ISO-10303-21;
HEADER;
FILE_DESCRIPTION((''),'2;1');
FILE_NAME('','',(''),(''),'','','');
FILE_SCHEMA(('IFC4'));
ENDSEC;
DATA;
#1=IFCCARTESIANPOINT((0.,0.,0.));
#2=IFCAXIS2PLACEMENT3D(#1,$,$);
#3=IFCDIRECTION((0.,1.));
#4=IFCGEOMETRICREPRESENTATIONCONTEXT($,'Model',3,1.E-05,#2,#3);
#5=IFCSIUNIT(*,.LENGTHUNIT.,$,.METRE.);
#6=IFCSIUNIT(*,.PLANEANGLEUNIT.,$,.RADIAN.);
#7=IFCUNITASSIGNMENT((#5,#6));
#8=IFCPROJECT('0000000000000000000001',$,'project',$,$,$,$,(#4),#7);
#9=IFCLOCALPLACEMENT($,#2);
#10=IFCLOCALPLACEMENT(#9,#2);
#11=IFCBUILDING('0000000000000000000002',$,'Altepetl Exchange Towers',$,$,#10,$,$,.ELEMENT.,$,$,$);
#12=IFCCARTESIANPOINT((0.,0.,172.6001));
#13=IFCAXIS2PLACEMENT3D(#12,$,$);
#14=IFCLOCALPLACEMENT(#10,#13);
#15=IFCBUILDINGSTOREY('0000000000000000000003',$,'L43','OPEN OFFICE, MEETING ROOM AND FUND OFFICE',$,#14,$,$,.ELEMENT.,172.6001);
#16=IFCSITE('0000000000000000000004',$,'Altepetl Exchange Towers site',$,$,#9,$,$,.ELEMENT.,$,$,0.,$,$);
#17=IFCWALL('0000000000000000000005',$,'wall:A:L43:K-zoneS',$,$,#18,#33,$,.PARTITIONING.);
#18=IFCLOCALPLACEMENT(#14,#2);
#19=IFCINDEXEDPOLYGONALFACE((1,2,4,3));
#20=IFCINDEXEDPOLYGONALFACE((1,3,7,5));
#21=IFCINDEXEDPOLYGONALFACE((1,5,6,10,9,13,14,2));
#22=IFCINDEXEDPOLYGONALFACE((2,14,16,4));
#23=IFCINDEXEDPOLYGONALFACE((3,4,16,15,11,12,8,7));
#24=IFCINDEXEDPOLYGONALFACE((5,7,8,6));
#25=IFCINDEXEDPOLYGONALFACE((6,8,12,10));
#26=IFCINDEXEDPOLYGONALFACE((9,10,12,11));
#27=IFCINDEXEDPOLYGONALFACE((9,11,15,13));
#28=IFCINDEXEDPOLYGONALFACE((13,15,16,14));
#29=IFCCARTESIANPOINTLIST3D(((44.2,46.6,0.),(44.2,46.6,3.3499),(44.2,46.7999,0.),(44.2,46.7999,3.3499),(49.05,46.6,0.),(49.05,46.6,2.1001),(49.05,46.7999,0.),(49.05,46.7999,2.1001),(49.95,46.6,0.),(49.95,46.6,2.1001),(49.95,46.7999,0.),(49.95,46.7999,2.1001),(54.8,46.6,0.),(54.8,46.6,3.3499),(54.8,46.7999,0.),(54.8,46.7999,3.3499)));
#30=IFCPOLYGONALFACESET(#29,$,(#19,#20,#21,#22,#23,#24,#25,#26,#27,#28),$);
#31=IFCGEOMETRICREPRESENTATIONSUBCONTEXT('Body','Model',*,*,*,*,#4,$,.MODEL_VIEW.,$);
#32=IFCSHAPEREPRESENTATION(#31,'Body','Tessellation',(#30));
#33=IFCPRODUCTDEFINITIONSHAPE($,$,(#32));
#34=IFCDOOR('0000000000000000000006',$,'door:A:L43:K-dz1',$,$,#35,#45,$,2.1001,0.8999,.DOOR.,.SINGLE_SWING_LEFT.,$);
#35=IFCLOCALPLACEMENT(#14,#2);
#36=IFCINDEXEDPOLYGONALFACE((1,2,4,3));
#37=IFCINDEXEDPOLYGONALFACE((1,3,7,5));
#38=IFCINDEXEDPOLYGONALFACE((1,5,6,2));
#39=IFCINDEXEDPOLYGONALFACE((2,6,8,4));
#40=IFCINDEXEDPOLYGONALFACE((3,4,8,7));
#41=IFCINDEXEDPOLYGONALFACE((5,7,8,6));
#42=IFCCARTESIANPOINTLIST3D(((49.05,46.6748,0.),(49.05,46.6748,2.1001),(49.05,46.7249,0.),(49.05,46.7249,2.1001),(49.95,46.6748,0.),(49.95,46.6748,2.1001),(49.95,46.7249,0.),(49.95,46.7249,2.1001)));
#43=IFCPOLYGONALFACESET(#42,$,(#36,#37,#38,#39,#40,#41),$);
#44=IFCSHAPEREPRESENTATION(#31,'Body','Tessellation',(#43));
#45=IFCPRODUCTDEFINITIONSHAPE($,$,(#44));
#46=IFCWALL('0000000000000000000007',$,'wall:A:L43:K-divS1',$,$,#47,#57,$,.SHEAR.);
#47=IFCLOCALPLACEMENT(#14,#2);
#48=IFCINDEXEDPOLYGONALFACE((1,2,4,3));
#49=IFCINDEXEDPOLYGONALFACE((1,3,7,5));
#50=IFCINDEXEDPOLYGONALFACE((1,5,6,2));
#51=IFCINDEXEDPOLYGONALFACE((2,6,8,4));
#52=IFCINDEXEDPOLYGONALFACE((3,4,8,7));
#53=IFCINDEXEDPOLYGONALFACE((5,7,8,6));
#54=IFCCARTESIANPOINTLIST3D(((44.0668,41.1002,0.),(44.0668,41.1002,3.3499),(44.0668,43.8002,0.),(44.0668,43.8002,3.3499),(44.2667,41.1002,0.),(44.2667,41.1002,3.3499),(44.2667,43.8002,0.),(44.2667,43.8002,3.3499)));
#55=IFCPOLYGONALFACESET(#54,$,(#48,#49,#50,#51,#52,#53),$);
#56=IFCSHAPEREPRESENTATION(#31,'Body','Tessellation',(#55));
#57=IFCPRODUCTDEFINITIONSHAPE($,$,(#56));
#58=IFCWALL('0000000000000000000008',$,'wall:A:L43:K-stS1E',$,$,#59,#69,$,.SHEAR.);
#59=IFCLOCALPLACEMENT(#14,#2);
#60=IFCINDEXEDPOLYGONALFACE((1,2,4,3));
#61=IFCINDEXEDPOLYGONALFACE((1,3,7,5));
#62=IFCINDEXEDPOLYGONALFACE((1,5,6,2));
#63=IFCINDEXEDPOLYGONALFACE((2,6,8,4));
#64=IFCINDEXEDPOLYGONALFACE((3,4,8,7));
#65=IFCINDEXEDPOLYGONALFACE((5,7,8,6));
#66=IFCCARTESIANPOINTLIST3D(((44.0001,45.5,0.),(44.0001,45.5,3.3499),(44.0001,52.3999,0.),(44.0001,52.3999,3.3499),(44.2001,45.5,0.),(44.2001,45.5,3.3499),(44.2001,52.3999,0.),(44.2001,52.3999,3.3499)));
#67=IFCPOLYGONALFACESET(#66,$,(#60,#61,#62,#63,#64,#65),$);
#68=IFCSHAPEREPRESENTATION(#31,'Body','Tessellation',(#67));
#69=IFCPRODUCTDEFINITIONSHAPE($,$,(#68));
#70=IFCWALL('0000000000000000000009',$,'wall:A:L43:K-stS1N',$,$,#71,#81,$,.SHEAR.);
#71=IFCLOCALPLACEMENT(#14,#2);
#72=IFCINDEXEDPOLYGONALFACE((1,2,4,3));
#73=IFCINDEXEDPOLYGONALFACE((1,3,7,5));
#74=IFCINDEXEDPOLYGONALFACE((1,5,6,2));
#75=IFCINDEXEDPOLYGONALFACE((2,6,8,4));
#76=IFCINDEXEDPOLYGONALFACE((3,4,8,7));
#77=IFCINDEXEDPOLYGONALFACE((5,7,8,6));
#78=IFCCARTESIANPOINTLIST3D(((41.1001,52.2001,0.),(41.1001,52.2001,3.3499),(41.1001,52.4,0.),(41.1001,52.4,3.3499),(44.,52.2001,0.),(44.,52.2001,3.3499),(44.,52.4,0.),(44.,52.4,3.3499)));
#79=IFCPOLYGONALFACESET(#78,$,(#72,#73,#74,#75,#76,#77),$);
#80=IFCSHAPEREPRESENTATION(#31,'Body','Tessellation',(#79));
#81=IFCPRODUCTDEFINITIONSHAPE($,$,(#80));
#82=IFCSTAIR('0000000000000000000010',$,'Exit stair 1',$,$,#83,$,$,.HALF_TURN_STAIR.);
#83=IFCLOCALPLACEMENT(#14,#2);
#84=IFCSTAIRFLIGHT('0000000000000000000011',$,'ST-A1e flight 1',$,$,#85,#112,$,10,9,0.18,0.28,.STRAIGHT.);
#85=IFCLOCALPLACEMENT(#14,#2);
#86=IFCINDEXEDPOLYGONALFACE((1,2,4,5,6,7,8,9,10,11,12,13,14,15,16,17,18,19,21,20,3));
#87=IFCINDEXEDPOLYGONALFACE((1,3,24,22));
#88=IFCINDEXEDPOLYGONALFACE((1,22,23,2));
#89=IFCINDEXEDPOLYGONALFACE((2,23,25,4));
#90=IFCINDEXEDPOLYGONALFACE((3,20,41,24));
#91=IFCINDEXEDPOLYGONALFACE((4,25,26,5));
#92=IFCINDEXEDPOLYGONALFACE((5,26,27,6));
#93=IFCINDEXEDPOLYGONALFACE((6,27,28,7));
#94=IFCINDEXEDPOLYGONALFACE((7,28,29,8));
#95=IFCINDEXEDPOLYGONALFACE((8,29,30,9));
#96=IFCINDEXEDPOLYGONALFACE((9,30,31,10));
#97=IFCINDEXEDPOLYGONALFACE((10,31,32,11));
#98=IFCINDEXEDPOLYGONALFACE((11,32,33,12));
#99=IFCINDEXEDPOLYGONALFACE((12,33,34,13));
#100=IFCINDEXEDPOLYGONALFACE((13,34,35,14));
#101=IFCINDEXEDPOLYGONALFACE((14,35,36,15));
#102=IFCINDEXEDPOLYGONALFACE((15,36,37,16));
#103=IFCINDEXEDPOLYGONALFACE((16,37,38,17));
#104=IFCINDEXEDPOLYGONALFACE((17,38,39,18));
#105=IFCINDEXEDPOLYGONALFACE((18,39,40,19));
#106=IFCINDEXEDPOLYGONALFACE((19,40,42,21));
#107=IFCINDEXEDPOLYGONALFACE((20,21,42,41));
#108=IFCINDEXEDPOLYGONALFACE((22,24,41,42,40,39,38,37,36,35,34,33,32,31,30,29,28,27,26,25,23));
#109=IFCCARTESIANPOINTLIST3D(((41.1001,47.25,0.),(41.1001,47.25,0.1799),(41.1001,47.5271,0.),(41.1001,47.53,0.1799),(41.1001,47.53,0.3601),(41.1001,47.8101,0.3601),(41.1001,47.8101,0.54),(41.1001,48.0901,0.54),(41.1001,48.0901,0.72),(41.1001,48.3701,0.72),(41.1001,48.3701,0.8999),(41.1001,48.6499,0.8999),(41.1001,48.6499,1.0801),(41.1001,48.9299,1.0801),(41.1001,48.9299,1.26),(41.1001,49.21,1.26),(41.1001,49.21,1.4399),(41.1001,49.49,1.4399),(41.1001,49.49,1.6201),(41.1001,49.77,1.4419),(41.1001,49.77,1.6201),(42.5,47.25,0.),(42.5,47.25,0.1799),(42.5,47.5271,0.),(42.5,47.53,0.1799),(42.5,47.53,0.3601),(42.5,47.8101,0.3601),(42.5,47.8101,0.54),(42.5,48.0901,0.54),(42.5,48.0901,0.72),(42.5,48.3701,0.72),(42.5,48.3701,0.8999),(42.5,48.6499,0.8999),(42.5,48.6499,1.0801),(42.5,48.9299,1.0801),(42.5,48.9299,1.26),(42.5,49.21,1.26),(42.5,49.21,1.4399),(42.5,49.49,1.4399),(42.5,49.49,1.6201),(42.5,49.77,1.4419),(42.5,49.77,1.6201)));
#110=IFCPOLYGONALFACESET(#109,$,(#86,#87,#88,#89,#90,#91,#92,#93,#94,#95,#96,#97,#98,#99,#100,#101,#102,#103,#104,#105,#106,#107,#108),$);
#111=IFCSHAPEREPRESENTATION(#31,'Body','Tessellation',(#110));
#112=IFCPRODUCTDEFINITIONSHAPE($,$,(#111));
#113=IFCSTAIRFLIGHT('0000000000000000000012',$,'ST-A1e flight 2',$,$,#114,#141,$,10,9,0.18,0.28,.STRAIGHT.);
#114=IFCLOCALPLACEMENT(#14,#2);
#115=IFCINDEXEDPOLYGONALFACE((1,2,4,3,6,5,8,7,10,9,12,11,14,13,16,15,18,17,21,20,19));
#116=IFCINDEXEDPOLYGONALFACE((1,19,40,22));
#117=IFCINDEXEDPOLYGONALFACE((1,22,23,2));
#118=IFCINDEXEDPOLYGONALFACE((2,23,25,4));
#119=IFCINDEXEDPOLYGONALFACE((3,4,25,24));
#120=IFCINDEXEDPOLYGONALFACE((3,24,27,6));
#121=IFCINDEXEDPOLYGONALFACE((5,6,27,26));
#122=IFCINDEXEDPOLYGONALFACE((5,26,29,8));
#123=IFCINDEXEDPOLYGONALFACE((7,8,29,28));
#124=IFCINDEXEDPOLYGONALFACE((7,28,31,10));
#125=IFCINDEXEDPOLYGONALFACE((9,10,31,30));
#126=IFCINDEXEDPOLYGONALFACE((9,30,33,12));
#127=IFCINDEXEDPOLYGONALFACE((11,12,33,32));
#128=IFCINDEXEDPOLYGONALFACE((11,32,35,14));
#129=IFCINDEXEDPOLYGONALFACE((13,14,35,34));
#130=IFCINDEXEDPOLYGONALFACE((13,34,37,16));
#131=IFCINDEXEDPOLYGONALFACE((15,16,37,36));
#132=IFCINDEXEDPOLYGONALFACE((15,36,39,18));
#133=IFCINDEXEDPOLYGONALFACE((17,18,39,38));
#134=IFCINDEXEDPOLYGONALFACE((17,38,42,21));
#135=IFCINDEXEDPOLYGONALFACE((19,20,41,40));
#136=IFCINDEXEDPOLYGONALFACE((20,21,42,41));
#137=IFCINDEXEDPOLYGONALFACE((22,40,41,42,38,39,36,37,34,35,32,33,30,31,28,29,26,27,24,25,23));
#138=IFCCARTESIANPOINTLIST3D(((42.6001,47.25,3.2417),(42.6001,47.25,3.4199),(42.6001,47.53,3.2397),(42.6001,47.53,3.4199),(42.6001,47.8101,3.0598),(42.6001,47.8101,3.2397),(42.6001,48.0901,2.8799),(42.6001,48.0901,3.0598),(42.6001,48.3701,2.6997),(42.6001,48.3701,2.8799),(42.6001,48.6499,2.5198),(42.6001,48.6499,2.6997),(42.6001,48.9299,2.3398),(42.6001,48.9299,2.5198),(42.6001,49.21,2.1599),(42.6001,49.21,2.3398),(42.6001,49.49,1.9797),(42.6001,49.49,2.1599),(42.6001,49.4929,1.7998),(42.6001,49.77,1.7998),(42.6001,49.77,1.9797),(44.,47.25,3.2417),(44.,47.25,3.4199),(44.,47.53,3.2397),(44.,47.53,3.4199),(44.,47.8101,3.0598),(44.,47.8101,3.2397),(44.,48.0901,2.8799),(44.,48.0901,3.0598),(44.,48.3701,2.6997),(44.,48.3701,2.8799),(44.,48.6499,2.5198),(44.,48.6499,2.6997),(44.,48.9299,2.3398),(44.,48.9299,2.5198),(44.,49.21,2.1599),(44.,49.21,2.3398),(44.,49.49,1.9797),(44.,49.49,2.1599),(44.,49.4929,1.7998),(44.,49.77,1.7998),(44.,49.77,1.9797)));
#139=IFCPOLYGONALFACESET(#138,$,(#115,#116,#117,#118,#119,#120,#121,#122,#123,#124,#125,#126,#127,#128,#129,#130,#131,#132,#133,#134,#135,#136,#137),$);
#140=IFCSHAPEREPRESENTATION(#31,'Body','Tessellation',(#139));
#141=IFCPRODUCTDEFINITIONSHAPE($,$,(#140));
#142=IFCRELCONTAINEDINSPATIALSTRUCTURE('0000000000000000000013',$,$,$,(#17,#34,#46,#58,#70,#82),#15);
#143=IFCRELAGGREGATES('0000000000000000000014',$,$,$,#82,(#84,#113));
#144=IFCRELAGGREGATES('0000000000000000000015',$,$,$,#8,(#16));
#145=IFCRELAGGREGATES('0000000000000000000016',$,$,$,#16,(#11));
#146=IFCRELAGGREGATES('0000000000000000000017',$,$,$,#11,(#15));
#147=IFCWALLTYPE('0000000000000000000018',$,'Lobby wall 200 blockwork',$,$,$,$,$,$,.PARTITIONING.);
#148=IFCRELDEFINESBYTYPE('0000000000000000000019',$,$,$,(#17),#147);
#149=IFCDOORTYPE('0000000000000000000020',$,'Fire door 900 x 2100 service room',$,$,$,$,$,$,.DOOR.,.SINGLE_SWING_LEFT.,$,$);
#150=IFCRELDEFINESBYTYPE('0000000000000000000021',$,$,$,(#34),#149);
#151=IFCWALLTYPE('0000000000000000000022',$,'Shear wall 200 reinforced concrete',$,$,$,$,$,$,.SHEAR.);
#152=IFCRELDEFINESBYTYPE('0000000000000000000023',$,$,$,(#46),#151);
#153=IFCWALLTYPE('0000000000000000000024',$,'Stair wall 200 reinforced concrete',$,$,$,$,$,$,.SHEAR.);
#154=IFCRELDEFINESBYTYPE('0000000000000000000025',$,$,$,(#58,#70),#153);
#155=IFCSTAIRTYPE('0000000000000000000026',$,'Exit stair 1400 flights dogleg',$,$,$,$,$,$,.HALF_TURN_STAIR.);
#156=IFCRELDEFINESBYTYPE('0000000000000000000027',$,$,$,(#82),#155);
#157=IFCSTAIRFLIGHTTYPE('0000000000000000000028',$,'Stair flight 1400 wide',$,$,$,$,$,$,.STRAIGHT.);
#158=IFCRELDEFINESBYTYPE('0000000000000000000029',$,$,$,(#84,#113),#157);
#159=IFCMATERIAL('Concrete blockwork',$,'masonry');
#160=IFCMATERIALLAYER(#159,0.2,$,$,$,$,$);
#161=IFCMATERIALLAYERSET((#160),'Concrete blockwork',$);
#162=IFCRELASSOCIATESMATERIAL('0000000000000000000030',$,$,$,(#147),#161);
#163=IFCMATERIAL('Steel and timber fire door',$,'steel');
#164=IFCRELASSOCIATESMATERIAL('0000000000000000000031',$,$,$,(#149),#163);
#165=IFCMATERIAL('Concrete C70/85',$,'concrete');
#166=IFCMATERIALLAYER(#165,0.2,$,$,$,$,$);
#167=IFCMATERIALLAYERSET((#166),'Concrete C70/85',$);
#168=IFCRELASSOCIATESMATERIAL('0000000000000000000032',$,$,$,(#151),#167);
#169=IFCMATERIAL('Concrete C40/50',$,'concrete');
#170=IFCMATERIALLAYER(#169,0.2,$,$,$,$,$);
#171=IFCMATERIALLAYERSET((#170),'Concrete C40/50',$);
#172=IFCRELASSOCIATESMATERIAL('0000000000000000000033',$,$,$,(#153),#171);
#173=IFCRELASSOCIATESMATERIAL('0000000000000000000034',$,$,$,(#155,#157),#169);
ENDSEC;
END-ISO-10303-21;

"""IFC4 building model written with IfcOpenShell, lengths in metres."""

from ifc_helpers import new_model, si_unit, direction, frame, frame_2d, origin, place, context, subcontext, project, spatial, polyline, rectangle, outline, extrude, material, layer, layer_set, type_object, element, fill, aggregate, save


model = new_model("IFC4")

# Units and contexts
model_context = context("Model", 3, precision=1e-05, world=origin(), true_north=direction((0.0, 1.0)))
body_context = subcontext(model_context, "Body", "Model", "MODEL_VIEW")
ifc_project = project(units=[si_unit("LENGTHUNIT", "METRE"), si_unit("PLANEANGLEUNIT", "RADIAN")], contexts=[model_context])

# Site, building, storey
site_placement = place(None, origin())
site = spatial("IfcSite", under=ifc_project, at=site_placement, Name="Altepetl Exchange Towers site", CompositionType="ELEMENT", RefElevation=0.0)
building_placement = place(site_placement, origin())
building = spatial("IfcBuilding", under=site, at=building_placement, Name="Altepetl Exchange Towers", CompositionType="ELEMENT")
storey_placement = place(building_placement, frame((0.0, 0.0, 172.6001)))
storey = spatial("IfcBuildingStorey", under=building, at=storey_placement, Name="L43", Description="OPEN OFFICE, MEETING ROOM AND FUND OFFICE", CompositionType="ELEMENT", Elevation=172.6001)

# Shared definitions
ifc_material_1 = material(Name="Concrete blockwork", Category="masonry")
ifc_layer_1 = layer(ifc_material_1, 0.2)
ifc_layer_set_1 = layer_set([ifc_layer_1], Name="Concrete blockwork")
wall_type_1 = type_object("IfcWallType", Name="Lobby wall 200 blockwork", PredefinedType="PARTITIONING", material=ifc_layer_set_1)

# Shared definitions
ifc_material_2 = material(Name="Steel and timber fire door", Category="steel")

# Shared definitions
door_type_1 = type_object("IfcDoorType", Name="Fire door 900 x 2100 service room", OperationType="SINGLE_SWING_LEFT", PredefinedType="DOOR", material=ifc_material_2)

# Wall, opening, door
wall_1_placement = place(storey_placement, frame((44.2, 46.7, 0.0)))
wall_1 = element("IfcWall", 1, at=wall_1_placement, inside=storey, type_object=wall_type_1, Name="wall:A:L43:K-zoneS", PredefinedType="PARTITIONING", context=body_context, shape_type="SweptSolid", body=[
    extrude(rectangle(XDim=10.6001, YDim=0.2, at=frame_2d((5.3, 0.0))), origin(), (0.0, 0.0, 1.0), 3.3499),
])
opening_1_placement = place(wall_1_placement, frame((4.8501, 0.0, 0.0)))
opening_1 = element("IfcOpeningElement", 2, at=opening_1_placement, cuts=wall_1, PredefinedType="OPENING", context=body_context, shape_type="SweptSolid", body=[
    extrude(rectangle(XDim=0.8999, YDim=2.1001, at=frame_2d((0.45, 1.05))), frame((0.0, 0.1099, 0.0), z_axis=(0.0, -1.0, 0.0), x_axis=(1.0, 0.0, 0.0)), (0.0, 0.0, 1.0), 0.22),
])
door_1_placement = place(opening_1_placement, origin())
door_1 = element("IfcDoor", 3, at=door_1_placement, inside=storey, type_object=door_type_1, Name="door:A:L43:K-dz1", OperationType="SINGLE_SWING_LEFT", OverallHeight=2.1001, OverallWidth=0.8999, PredefinedType="DOOR", context=body_context, shape_type="SweptSolid", body=[
    extrude(rectangle(XDim=0.8999, YDim=2.1001, at=frame_2d((0.45, 1.05))), frame((0.0, 0.0249, 0.0), z_axis=(0.0, -1.0, 0.0), x_axis=(1.0, 0.0, 0.0)), (0.0, 0.0, 1.0), 0.05),
])
fill(opening_1, door_1)

# Walls
ifc_material_3 = material(Name="Concrete C70/85", Category="concrete")
ifc_layer_2 = layer(ifc_material_3, 0.2)
ifc_layer_set_2 = layer_set([ifc_layer_2], Name="Concrete C70/85")
wall_type_2 = type_object("IfcWallType", Name="Shear wall 200 reinforced concrete", PredefinedType="SHEAR", material=ifc_layer_set_2)
wall_2_placement = place(storey_placement, frame((44.1667, 41.1001, 0.0), z_axis=(0.0, 0.0, 1.0), x_axis=(0.0, 1.0, 0.0)))
element("IfcWall", 4, at=wall_2_placement, inside=storey, type_object=wall_type_2, Name="wall:A:L43:K-divS1", PredefinedType="SHEAR", context=body_context, shape_type="SweptSolid", body=[
    extrude(rectangle(XDim=2.7, YDim=0.2, at=frame_2d((1.3501, 0.0))), origin(), (0.0, 0.0, 1.0), 3.3499),
])
ifc_material_4 = material(Name="Concrete C40/50", Category="concrete")
ifc_layer_3 = layer(ifc_material_4, 0.2)
ifc_layer_set_3 = layer_set([ifc_layer_3], Name="Concrete C40/50")
wall_type_3 = type_object("IfcWallType", Name="Stair wall 200 reinforced concrete", PredefinedType="SHEAR", material=ifc_layer_set_3)
wall_3_placement = place(storey_placement, frame((44.1001, 45.5, 0.0), z_axis=(0.0, 0.0, 1.0), x_axis=(0.0, 1.0, 0.0)))
element("IfcWall", 5, at=wall_3_placement, inside=storey, type_object=wall_type_3, Name="wall:A:L43:K-stS1E", PredefinedType="SHEAR", context=body_context, shape_type="SweptSolid", body=[
    extrude(rectangle(XDim=6.8999, YDim=0.2, at=frame_2d((3.45, 0.0))), origin(), (0.0, 0.0, 1.0), 3.3499),
])
wall_4_placement = place(storey_placement, frame((41.1001, 52.3, 0.0)))
element("IfcWall", 6, at=wall_4_placement, inside=storey, type_object=wall_type_3, Name="wall:A:L43:K-stS1N", PredefinedType="SHEAR", context=body_context, shape_type="SweptSolid", body=[
    extrude(rectangle(XDim=2.8999, YDim=0.2, at=frame_2d((1.45, 0.0))), origin(), (0.0, 0.0, 1.0), 3.3499),
])

# Stair, stair flights
stair_type = type_object("IfcStairType", Name="Exit stair 1400 flights dogleg", PredefinedType="HALF_TURN_STAIR", material=ifc_material_4)
stair_placement = place(storey_placement, origin())
stair = element("IfcStair", 7, at=stair_placement, inside=storey, type_object=stair_type, Name="Exit stair 1", PredefinedType="HALF_TURN_STAIR")
stair_flight_type = type_object("IfcStairFlightType", Name="Stair flight 1400 wide", PredefinedType="STRAIGHT", material=ifc_material_4)
stair_flight_1_placement = place(storey_placement, frame((41.8, 47.25, 0.0), z_axis=(0.0, 0.0, 1.0), x_axis=(0.0, 1.0, 0.0)))
stair_flight_1 = element("IfcStairFlight", 8, at=stair_flight_1_placement, type_object=stair_flight_type, Name="ST-A1e flight 1", NumberOfRisers=10, NumberOfTreads=9, PredefinedType="STRAIGHT", RiserHeight=0.18, TreadLength=0.28, context=body_context, shape_type="SweptSolid", body=[
    extrude(outline(polyline([(0.0, 0.0), (0.0, 0.1799), (0.28, 0.1799), (0.28, 0.3601), (0.5601, 0.3601), (0.5601, 0.54), (0.8401, 0.54), (0.8401, 0.72), (1.1201, 0.72), (1.1201, 0.8999), (1.3999, 0.8999), (1.3999, 1.0801), (1.6799, 1.0801), (1.6799, 1.26), (1.96, 1.26), (1.96, 1.4399), (2.24, 1.4399), (2.24, 1.6201), (2.52, 1.6201), (2.52, 1.8), (2.52, 1.4419), (0.2771, 0.0), (0.0, 0.0)])), frame((0.0, 0.7, 0.0), z_axis=(0.0, -1.0, 0.0), x_axis=(1.0, 0.0, 0.0)), (0.0, 0.0, 1.0), 1.3999),
])
stair_flight_2_placement = place(storey_placement, frame((43.3, 49.77, 1.7998), z_axis=(0.0, 0.0, 1.0), x_axis=(0.0, -1.0, 0.0)))
stair_flight_2 = element("IfcStairFlight", 9, at=stair_flight_2_placement, type_object=stair_flight_type, Name="ST-A1e flight 2", NumberOfRisers=10, NumberOfTreads=9, PredefinedType="STRAIGHT", RiserHeight=0.18, TreadLength=0.28, context=body_context, shape_type="SweptSolid", body=[
    extrude(outline(polyline([(0.0, 0.0), (0.0, 0.1799), (0.28, 0.1799), (0.28, 0.3601), (0.5601, 0.3601), (0.5601, 0.54), (0.8401, 0.54), (0.8401, 0.72), (1.1201, 0.72), (1.1201, 0.8999), (1.3999, 0.8999), (1.3999, 1.0801), (1.6799, 1.0801), (1.6799, 1.26), (1.96, 1.26), (1.96, 1.4399), (2.24, 1.4399), (2.24, 1.6201), (2.52, 1.6201), (2.52, 1.8), (2.52, 1.4419), (0.2771, 0.0), (0.0, 0.0)])), frame((0.0, 0.7, 0.0), z_axis=(0.0, -1.0, 0.0), x_axis=(1.0, 0.0, 0.0)), (0.0, 0.0, 1.0), 1.3999),
])
aggregate(stair, [stair_flight_1, stair_flight_2])

save(model, "model.ifc")
